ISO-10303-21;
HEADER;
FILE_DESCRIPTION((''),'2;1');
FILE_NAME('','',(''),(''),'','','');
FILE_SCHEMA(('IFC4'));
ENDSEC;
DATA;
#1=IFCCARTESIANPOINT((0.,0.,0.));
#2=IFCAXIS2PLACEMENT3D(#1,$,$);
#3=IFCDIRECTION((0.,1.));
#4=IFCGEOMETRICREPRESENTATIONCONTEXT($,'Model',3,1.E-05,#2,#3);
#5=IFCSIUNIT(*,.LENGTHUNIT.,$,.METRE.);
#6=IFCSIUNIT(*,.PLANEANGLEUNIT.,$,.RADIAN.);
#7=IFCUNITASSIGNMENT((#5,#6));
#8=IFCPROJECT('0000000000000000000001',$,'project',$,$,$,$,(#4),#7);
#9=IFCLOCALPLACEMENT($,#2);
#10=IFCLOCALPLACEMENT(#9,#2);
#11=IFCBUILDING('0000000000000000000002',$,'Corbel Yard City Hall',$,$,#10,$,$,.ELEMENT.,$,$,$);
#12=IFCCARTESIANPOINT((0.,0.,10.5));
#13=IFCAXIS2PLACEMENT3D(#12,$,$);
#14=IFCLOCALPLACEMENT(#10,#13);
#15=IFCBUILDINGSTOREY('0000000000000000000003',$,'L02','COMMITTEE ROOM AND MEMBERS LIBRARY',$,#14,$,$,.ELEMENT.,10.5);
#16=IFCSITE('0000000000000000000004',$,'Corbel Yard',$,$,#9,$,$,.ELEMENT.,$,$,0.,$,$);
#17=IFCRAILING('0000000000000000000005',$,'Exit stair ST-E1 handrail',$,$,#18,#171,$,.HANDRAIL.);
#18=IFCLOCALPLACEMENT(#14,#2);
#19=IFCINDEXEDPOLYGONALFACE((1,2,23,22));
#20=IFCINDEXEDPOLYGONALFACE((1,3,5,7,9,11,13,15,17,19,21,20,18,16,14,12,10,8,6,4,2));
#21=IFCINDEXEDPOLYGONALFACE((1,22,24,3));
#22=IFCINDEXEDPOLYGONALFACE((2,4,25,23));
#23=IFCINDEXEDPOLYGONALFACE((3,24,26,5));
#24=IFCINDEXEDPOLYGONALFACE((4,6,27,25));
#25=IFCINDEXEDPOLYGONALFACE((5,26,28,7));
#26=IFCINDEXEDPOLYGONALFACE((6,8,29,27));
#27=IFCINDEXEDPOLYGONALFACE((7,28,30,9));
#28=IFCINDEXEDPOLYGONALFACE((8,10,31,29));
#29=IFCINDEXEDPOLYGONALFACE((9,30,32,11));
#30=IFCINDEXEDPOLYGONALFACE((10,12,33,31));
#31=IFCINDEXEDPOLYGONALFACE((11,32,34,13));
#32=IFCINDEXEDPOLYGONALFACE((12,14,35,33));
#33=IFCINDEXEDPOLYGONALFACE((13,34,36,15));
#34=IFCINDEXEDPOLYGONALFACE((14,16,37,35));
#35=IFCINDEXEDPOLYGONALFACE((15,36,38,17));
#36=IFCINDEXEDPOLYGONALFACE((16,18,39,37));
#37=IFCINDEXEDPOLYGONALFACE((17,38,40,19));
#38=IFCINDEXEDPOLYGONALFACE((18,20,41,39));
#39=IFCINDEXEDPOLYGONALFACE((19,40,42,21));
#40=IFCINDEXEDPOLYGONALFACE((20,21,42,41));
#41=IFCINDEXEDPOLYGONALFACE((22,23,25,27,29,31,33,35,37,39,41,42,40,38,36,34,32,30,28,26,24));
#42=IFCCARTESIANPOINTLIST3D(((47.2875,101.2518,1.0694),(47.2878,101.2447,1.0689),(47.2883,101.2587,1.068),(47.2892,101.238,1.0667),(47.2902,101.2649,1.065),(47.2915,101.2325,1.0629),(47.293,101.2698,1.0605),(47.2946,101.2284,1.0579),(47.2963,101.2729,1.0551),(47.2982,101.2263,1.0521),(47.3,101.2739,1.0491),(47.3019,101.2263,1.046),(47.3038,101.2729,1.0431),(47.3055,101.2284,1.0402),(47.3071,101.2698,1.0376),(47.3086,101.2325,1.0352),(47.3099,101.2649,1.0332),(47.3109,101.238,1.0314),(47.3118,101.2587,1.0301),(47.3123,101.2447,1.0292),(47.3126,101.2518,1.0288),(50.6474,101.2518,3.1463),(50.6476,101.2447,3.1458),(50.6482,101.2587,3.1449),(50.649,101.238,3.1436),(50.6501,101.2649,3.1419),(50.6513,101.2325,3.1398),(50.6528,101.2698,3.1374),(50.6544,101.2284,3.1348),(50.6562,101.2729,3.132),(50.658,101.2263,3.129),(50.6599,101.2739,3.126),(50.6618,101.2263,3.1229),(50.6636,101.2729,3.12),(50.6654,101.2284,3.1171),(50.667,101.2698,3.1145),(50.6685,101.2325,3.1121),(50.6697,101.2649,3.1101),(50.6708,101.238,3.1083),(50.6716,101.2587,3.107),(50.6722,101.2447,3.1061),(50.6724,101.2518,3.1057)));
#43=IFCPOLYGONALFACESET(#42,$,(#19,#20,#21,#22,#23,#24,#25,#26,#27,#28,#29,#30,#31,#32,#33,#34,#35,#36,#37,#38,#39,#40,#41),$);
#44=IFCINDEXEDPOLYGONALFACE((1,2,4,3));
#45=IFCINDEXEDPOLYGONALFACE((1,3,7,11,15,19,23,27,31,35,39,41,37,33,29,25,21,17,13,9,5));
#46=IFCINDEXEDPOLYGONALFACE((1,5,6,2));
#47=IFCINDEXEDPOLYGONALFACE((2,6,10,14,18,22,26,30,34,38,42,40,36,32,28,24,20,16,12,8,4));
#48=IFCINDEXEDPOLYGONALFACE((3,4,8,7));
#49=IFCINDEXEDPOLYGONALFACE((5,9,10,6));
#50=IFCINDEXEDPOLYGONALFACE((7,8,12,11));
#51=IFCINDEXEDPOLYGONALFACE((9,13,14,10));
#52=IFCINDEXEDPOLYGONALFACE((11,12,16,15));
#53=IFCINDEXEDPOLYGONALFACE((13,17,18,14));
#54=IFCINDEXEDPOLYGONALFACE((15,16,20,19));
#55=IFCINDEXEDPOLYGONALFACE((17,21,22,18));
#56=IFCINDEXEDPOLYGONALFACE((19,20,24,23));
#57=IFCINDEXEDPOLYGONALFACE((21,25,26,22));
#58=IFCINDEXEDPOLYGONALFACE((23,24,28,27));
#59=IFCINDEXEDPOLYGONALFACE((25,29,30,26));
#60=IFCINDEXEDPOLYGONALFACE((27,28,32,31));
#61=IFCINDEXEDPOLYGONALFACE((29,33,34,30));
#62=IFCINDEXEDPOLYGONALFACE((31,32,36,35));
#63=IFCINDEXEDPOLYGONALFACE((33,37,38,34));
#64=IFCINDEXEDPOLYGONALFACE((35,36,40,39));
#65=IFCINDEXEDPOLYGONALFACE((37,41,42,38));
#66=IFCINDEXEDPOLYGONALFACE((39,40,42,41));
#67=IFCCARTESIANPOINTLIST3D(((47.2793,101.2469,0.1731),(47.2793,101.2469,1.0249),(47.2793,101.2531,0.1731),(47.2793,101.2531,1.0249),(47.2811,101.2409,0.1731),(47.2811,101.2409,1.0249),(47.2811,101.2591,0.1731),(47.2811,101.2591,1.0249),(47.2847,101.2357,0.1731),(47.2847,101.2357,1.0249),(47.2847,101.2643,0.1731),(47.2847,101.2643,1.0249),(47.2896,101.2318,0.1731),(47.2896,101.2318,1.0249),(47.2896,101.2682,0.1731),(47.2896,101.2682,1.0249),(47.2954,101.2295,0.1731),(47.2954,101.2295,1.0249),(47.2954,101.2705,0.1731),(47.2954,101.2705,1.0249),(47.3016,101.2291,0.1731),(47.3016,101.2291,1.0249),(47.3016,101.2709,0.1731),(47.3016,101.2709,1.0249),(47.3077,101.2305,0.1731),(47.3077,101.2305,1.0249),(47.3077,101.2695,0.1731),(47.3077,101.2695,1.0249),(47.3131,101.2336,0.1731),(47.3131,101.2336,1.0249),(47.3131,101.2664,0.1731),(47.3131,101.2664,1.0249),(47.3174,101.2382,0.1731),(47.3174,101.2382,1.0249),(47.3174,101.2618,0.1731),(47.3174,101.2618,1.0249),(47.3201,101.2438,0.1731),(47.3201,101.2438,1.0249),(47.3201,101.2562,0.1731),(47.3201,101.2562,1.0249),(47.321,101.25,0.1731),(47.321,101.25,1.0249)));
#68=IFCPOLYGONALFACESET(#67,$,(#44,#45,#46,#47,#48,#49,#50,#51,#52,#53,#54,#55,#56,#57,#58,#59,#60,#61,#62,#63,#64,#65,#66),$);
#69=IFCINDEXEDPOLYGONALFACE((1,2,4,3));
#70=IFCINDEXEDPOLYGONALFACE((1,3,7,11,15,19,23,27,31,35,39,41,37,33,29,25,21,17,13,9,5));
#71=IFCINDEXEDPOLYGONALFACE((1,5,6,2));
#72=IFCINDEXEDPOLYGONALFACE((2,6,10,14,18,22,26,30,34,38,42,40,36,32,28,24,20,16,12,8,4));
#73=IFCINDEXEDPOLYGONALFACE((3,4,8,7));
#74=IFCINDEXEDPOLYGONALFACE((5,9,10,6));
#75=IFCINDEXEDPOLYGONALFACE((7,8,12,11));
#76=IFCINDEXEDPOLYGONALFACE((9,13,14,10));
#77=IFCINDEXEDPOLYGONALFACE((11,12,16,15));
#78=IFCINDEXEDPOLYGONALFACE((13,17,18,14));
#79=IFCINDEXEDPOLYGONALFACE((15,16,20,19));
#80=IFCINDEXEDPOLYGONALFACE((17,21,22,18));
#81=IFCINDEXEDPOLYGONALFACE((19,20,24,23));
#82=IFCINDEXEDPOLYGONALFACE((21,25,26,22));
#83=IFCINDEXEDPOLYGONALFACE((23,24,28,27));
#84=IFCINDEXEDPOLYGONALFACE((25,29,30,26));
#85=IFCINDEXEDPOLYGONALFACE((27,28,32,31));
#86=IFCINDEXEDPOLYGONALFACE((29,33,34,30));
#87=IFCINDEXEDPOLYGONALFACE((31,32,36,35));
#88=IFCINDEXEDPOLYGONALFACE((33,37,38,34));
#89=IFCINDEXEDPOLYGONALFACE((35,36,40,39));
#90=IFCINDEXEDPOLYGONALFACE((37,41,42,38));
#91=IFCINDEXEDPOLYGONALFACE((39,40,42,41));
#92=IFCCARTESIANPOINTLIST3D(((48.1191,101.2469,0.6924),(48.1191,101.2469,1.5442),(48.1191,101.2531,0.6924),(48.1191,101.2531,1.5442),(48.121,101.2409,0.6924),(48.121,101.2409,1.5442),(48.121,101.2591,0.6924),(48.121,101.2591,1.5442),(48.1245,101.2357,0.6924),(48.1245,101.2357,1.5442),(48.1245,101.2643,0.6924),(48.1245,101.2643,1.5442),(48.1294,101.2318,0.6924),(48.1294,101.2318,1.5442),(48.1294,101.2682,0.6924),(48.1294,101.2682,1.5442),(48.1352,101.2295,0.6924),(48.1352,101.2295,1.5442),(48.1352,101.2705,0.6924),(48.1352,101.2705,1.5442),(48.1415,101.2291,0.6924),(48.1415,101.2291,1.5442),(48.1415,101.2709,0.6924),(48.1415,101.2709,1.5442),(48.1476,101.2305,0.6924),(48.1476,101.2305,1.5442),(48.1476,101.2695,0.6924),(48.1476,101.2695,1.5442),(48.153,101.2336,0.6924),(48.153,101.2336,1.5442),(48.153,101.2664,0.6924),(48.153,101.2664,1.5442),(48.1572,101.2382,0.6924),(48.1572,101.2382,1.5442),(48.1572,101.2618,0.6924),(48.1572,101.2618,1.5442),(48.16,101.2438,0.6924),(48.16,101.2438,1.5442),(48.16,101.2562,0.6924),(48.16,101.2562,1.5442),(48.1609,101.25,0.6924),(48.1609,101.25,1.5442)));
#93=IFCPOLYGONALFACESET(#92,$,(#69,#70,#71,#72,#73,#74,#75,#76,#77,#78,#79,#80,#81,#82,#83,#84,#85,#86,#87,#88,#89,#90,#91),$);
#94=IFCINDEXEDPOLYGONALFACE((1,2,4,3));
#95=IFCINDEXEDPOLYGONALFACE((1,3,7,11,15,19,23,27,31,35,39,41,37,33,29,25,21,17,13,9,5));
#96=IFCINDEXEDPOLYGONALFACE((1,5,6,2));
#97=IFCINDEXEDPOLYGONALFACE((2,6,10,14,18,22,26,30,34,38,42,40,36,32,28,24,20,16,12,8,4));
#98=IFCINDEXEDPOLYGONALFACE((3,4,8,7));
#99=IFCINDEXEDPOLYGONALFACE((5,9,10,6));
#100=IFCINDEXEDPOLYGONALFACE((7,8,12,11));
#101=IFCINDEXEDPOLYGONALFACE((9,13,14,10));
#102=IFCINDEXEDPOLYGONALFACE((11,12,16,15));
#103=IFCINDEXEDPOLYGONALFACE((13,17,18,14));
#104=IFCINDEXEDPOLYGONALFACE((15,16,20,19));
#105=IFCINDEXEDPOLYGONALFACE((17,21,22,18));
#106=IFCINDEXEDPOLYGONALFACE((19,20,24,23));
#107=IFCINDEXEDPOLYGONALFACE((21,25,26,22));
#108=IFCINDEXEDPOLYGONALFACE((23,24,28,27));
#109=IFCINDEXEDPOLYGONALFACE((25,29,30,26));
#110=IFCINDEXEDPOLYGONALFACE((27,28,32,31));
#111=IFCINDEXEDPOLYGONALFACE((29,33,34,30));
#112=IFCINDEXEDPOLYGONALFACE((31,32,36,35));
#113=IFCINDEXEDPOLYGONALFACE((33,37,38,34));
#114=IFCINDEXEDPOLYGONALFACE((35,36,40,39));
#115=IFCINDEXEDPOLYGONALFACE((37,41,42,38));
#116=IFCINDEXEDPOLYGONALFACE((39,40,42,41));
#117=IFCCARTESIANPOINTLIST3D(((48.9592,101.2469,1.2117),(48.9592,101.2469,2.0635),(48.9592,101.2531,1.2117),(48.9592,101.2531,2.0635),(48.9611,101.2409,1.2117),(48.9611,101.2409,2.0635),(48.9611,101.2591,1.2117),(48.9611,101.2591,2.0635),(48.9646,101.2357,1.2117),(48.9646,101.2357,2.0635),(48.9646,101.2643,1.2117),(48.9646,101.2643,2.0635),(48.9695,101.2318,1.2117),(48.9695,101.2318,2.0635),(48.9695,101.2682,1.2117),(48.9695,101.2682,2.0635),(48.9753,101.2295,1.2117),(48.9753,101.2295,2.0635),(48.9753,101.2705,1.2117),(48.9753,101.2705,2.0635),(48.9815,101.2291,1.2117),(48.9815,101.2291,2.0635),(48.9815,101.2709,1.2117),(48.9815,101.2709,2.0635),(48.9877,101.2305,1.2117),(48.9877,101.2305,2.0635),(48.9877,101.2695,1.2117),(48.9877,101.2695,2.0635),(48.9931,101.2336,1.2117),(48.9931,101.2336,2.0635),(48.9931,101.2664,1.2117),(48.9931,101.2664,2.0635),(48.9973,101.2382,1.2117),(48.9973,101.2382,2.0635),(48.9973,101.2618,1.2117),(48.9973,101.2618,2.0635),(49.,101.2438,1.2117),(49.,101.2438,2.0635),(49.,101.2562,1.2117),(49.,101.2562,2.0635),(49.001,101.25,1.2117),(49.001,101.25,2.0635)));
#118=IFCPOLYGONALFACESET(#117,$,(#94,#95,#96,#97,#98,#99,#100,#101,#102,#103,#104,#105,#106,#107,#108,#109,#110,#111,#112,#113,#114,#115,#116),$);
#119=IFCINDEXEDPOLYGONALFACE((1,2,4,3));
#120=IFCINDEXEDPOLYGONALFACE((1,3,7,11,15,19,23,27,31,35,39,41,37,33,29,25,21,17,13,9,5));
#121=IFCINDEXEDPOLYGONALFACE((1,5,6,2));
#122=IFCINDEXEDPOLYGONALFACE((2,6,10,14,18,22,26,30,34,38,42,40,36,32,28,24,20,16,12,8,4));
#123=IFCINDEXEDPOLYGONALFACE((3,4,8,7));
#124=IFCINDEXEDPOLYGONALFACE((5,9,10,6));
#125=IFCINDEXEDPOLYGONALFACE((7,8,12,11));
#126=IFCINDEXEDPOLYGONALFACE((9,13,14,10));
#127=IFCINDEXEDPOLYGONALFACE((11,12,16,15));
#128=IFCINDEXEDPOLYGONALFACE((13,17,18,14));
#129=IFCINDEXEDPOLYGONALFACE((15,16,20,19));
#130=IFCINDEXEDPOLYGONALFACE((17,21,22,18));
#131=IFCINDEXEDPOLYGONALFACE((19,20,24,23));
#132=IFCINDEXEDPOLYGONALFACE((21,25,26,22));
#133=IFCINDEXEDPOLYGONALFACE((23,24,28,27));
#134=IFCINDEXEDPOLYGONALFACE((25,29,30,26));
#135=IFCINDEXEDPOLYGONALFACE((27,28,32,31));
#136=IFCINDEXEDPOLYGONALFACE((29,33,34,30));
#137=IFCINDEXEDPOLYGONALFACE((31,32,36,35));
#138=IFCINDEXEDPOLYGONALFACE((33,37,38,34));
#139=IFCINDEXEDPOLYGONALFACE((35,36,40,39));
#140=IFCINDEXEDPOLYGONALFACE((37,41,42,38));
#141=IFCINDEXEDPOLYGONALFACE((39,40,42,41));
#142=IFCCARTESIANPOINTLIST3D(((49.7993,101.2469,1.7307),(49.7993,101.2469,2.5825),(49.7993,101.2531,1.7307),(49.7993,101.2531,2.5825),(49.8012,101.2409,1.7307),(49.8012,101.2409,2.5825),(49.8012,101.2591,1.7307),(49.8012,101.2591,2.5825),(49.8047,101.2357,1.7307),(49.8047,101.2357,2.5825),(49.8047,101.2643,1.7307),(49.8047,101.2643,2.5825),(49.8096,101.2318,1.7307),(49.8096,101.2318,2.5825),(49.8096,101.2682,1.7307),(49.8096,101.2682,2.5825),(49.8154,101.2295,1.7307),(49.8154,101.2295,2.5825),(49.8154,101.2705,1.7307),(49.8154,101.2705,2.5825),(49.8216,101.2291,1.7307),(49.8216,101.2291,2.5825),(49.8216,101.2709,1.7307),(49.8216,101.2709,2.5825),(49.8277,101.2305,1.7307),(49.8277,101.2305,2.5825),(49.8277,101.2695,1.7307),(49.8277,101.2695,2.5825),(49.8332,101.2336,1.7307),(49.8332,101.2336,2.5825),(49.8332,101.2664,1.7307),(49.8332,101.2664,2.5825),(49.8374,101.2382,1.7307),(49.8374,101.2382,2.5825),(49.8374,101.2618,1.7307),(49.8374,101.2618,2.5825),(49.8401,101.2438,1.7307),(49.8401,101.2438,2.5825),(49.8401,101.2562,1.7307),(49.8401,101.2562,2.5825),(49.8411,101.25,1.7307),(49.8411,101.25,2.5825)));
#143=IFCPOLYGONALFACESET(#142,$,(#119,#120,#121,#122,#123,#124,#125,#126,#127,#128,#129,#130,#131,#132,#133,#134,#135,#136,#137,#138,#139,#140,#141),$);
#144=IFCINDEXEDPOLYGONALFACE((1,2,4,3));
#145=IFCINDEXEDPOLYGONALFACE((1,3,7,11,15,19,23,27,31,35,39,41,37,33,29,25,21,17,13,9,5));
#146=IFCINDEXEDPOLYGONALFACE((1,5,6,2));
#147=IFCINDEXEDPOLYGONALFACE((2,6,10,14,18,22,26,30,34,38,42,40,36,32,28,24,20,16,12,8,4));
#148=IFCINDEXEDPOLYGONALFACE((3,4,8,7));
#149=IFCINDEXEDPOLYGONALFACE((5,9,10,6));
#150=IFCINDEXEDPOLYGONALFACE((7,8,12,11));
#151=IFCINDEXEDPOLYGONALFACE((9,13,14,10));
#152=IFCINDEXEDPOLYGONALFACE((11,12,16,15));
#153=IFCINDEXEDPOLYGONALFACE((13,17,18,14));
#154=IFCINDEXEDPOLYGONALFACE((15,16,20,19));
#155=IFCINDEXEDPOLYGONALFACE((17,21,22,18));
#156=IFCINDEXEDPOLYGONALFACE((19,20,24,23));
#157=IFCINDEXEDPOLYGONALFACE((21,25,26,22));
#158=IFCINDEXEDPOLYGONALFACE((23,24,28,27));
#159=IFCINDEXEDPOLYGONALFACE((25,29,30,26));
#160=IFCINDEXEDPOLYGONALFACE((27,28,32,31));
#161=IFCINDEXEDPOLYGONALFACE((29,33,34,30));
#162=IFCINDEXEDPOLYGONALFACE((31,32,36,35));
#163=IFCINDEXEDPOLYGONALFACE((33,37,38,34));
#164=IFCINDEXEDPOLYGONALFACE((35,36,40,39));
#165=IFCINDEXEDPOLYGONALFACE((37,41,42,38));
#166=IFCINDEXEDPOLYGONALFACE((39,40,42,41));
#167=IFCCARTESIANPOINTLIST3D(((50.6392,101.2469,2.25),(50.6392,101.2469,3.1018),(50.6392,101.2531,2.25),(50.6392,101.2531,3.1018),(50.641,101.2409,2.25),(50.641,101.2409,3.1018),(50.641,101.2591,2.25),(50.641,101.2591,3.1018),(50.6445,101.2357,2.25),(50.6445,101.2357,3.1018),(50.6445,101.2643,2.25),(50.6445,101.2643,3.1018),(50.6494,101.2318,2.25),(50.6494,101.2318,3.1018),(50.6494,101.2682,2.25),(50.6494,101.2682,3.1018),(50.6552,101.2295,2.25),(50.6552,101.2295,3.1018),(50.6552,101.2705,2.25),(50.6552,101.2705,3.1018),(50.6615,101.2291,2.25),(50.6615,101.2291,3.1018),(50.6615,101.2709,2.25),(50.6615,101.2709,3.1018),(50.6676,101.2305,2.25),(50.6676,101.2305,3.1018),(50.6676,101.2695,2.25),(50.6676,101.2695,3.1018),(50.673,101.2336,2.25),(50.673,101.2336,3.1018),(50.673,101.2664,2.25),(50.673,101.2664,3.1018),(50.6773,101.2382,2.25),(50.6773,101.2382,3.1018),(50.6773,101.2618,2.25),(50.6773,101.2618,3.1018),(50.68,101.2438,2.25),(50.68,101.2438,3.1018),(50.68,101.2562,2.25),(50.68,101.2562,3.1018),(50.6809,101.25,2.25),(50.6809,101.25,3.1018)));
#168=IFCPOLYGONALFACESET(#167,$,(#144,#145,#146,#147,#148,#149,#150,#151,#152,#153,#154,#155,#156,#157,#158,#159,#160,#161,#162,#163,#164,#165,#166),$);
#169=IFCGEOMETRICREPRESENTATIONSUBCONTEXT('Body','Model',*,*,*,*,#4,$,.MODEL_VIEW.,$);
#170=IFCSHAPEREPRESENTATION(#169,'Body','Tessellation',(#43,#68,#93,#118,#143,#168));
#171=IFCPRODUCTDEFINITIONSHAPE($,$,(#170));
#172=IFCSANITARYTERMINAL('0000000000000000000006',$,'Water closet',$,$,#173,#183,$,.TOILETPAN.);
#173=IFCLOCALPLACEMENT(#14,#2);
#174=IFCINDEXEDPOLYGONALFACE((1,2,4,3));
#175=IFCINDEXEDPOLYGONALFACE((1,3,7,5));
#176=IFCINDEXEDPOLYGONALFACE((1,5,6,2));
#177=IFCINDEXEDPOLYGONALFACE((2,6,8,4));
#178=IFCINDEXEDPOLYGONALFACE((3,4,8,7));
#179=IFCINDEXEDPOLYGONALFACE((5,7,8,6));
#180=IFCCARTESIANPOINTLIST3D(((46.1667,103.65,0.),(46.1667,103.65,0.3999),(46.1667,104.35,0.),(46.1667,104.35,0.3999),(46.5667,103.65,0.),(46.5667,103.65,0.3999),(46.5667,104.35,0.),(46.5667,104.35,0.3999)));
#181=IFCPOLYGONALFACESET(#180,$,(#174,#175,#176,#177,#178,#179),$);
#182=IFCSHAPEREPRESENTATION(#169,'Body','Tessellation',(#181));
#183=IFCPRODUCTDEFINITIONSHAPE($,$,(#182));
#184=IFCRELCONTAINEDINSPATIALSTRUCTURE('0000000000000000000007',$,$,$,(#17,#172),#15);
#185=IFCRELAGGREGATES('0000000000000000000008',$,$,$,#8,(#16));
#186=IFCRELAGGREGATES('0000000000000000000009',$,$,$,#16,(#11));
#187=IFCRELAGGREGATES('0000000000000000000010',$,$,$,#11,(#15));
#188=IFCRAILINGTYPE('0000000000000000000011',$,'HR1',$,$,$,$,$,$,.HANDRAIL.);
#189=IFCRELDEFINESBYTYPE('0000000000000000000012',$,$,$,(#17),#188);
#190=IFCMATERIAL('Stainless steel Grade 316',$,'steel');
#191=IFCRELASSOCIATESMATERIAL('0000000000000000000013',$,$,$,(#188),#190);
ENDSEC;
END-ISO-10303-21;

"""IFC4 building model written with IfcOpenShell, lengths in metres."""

from ifc_helpers import new_model, si_unit, direction, frame, origin, origin_2d, place, context, subcontext, project, spatial, rectangle, circle, extrude, material, type_object, element, save


model = new_model("IFC4")

# Units and contexts
model_context = context("Model", 3, precision=1e-05, world=origin(), true_north=direction((0.0, 1.0)))
body_context = subcontext(model_context, "Body", "Model", "MODEL_VIEW")
ifc_project = project(units=[si_unit("LENGTHUNIT", "METRE"), si_unit("PLANEANGLEUNIT", "RADIAN")], contexts=[model_context])

# Site, building, storey
site_placement = place(None, origin())
site = spatial("IfcSite", under=ifc_project, at=site_placement, Name="Corbel Yard", CompositionType="ELEMENT", RefElevation=0.0)
building_placement = place(site_placement, origin())
building = spatial("IfcBuilding", under=site, at=building_placement, Name="Corbel Yard City Hall", CompositionType="ELEMENT")
storey_placement = place(building_placement, frame((0.0, 0.0, 10.5)))
storey = spatial("IfcBuildingStorey", under=building, at=storey_placement, Name="L02", Description="COMMITTEE ROOM AND MEMBERS LIBRARY", CompositionType="ELEMENT", Elevation=10.5)

# Railing
ifc_material_1 = material(Name="Stainless steel Grade 316", Category="steel")
railing_type = type_object("IfcRailingType", Name="HR1", PredefinedType="HANDRAIL", material=ifc_material_1)
for number, where, name in (
    (1, (47.3, 101.25, 0.1731), "Exit stair ST-E1 handrail"),
):
    element("IfcRailing", number, at=place(storey_placement, frame(where)), inside=storey, type_object=railing_type, Name=name, PredefinedType="HANDRAIL", context=body_context, shape_type="SweptSolid", body=[
        extrude(circle(Radius=0.0239, at=origin_2d()), frame((0.0, 0.0, 0.876), z_axis=(0.850606, 0.0, 0.525803), x_axis=(0.0, 1.0, 0.0)), (0.0, 0.0, 1.0), 3.95),
        extrude(circle(Radius=0.021, at=origin_2d()), origin(), (0.0, 0.0, 1.0), 0.8518),
        extrude(circle(Radius=0.021, at=origin_2d()), frame((0.8398, 0.0, 0.5193)), (0.0, 0.0, 1.0), 0.8518),
        extrude(circle(Radius=0.021, at=origin_2d()), frame((1.6799, 0.0, 1.0386)), (0.0, 0.0, 1.0), 0.8518),
        extrude(circle(Radius=0.021, at=origin_2d()), frame((2.52, 0.0, 1.5576)), (0.0, 0.0, 1.0), 0.8518),
        extrude(circle(Radius=0.021, at=origin_2d()), frame((3.3599, 0.0, 2.0769)), (0.0, 0.0, 1.0), 0.8518),
    ])

# Sanitary terminal
sanitary_terminal_placement = place(storey_placement, frame((46.3667, 104.0, 0.0), z_axis=(0.0, 0.0, 1.0), x_axis=(1.0, 0.0, 0.0)))
element("IfcSanitaryTerminal", 2, at=sanitary_terminal_placement, inside=storey, Name="Water closet", PredefinedType="TOILETPAN", context=body_context, shape_type="SweptSolid", body=[
    extrude(rectangle(XDim=0.3999, YDim=0.7, at=origin_2d()), origin(), (0.0, 0.0, 1.0), 0.3999),
])

save(model, "model.ifc")
